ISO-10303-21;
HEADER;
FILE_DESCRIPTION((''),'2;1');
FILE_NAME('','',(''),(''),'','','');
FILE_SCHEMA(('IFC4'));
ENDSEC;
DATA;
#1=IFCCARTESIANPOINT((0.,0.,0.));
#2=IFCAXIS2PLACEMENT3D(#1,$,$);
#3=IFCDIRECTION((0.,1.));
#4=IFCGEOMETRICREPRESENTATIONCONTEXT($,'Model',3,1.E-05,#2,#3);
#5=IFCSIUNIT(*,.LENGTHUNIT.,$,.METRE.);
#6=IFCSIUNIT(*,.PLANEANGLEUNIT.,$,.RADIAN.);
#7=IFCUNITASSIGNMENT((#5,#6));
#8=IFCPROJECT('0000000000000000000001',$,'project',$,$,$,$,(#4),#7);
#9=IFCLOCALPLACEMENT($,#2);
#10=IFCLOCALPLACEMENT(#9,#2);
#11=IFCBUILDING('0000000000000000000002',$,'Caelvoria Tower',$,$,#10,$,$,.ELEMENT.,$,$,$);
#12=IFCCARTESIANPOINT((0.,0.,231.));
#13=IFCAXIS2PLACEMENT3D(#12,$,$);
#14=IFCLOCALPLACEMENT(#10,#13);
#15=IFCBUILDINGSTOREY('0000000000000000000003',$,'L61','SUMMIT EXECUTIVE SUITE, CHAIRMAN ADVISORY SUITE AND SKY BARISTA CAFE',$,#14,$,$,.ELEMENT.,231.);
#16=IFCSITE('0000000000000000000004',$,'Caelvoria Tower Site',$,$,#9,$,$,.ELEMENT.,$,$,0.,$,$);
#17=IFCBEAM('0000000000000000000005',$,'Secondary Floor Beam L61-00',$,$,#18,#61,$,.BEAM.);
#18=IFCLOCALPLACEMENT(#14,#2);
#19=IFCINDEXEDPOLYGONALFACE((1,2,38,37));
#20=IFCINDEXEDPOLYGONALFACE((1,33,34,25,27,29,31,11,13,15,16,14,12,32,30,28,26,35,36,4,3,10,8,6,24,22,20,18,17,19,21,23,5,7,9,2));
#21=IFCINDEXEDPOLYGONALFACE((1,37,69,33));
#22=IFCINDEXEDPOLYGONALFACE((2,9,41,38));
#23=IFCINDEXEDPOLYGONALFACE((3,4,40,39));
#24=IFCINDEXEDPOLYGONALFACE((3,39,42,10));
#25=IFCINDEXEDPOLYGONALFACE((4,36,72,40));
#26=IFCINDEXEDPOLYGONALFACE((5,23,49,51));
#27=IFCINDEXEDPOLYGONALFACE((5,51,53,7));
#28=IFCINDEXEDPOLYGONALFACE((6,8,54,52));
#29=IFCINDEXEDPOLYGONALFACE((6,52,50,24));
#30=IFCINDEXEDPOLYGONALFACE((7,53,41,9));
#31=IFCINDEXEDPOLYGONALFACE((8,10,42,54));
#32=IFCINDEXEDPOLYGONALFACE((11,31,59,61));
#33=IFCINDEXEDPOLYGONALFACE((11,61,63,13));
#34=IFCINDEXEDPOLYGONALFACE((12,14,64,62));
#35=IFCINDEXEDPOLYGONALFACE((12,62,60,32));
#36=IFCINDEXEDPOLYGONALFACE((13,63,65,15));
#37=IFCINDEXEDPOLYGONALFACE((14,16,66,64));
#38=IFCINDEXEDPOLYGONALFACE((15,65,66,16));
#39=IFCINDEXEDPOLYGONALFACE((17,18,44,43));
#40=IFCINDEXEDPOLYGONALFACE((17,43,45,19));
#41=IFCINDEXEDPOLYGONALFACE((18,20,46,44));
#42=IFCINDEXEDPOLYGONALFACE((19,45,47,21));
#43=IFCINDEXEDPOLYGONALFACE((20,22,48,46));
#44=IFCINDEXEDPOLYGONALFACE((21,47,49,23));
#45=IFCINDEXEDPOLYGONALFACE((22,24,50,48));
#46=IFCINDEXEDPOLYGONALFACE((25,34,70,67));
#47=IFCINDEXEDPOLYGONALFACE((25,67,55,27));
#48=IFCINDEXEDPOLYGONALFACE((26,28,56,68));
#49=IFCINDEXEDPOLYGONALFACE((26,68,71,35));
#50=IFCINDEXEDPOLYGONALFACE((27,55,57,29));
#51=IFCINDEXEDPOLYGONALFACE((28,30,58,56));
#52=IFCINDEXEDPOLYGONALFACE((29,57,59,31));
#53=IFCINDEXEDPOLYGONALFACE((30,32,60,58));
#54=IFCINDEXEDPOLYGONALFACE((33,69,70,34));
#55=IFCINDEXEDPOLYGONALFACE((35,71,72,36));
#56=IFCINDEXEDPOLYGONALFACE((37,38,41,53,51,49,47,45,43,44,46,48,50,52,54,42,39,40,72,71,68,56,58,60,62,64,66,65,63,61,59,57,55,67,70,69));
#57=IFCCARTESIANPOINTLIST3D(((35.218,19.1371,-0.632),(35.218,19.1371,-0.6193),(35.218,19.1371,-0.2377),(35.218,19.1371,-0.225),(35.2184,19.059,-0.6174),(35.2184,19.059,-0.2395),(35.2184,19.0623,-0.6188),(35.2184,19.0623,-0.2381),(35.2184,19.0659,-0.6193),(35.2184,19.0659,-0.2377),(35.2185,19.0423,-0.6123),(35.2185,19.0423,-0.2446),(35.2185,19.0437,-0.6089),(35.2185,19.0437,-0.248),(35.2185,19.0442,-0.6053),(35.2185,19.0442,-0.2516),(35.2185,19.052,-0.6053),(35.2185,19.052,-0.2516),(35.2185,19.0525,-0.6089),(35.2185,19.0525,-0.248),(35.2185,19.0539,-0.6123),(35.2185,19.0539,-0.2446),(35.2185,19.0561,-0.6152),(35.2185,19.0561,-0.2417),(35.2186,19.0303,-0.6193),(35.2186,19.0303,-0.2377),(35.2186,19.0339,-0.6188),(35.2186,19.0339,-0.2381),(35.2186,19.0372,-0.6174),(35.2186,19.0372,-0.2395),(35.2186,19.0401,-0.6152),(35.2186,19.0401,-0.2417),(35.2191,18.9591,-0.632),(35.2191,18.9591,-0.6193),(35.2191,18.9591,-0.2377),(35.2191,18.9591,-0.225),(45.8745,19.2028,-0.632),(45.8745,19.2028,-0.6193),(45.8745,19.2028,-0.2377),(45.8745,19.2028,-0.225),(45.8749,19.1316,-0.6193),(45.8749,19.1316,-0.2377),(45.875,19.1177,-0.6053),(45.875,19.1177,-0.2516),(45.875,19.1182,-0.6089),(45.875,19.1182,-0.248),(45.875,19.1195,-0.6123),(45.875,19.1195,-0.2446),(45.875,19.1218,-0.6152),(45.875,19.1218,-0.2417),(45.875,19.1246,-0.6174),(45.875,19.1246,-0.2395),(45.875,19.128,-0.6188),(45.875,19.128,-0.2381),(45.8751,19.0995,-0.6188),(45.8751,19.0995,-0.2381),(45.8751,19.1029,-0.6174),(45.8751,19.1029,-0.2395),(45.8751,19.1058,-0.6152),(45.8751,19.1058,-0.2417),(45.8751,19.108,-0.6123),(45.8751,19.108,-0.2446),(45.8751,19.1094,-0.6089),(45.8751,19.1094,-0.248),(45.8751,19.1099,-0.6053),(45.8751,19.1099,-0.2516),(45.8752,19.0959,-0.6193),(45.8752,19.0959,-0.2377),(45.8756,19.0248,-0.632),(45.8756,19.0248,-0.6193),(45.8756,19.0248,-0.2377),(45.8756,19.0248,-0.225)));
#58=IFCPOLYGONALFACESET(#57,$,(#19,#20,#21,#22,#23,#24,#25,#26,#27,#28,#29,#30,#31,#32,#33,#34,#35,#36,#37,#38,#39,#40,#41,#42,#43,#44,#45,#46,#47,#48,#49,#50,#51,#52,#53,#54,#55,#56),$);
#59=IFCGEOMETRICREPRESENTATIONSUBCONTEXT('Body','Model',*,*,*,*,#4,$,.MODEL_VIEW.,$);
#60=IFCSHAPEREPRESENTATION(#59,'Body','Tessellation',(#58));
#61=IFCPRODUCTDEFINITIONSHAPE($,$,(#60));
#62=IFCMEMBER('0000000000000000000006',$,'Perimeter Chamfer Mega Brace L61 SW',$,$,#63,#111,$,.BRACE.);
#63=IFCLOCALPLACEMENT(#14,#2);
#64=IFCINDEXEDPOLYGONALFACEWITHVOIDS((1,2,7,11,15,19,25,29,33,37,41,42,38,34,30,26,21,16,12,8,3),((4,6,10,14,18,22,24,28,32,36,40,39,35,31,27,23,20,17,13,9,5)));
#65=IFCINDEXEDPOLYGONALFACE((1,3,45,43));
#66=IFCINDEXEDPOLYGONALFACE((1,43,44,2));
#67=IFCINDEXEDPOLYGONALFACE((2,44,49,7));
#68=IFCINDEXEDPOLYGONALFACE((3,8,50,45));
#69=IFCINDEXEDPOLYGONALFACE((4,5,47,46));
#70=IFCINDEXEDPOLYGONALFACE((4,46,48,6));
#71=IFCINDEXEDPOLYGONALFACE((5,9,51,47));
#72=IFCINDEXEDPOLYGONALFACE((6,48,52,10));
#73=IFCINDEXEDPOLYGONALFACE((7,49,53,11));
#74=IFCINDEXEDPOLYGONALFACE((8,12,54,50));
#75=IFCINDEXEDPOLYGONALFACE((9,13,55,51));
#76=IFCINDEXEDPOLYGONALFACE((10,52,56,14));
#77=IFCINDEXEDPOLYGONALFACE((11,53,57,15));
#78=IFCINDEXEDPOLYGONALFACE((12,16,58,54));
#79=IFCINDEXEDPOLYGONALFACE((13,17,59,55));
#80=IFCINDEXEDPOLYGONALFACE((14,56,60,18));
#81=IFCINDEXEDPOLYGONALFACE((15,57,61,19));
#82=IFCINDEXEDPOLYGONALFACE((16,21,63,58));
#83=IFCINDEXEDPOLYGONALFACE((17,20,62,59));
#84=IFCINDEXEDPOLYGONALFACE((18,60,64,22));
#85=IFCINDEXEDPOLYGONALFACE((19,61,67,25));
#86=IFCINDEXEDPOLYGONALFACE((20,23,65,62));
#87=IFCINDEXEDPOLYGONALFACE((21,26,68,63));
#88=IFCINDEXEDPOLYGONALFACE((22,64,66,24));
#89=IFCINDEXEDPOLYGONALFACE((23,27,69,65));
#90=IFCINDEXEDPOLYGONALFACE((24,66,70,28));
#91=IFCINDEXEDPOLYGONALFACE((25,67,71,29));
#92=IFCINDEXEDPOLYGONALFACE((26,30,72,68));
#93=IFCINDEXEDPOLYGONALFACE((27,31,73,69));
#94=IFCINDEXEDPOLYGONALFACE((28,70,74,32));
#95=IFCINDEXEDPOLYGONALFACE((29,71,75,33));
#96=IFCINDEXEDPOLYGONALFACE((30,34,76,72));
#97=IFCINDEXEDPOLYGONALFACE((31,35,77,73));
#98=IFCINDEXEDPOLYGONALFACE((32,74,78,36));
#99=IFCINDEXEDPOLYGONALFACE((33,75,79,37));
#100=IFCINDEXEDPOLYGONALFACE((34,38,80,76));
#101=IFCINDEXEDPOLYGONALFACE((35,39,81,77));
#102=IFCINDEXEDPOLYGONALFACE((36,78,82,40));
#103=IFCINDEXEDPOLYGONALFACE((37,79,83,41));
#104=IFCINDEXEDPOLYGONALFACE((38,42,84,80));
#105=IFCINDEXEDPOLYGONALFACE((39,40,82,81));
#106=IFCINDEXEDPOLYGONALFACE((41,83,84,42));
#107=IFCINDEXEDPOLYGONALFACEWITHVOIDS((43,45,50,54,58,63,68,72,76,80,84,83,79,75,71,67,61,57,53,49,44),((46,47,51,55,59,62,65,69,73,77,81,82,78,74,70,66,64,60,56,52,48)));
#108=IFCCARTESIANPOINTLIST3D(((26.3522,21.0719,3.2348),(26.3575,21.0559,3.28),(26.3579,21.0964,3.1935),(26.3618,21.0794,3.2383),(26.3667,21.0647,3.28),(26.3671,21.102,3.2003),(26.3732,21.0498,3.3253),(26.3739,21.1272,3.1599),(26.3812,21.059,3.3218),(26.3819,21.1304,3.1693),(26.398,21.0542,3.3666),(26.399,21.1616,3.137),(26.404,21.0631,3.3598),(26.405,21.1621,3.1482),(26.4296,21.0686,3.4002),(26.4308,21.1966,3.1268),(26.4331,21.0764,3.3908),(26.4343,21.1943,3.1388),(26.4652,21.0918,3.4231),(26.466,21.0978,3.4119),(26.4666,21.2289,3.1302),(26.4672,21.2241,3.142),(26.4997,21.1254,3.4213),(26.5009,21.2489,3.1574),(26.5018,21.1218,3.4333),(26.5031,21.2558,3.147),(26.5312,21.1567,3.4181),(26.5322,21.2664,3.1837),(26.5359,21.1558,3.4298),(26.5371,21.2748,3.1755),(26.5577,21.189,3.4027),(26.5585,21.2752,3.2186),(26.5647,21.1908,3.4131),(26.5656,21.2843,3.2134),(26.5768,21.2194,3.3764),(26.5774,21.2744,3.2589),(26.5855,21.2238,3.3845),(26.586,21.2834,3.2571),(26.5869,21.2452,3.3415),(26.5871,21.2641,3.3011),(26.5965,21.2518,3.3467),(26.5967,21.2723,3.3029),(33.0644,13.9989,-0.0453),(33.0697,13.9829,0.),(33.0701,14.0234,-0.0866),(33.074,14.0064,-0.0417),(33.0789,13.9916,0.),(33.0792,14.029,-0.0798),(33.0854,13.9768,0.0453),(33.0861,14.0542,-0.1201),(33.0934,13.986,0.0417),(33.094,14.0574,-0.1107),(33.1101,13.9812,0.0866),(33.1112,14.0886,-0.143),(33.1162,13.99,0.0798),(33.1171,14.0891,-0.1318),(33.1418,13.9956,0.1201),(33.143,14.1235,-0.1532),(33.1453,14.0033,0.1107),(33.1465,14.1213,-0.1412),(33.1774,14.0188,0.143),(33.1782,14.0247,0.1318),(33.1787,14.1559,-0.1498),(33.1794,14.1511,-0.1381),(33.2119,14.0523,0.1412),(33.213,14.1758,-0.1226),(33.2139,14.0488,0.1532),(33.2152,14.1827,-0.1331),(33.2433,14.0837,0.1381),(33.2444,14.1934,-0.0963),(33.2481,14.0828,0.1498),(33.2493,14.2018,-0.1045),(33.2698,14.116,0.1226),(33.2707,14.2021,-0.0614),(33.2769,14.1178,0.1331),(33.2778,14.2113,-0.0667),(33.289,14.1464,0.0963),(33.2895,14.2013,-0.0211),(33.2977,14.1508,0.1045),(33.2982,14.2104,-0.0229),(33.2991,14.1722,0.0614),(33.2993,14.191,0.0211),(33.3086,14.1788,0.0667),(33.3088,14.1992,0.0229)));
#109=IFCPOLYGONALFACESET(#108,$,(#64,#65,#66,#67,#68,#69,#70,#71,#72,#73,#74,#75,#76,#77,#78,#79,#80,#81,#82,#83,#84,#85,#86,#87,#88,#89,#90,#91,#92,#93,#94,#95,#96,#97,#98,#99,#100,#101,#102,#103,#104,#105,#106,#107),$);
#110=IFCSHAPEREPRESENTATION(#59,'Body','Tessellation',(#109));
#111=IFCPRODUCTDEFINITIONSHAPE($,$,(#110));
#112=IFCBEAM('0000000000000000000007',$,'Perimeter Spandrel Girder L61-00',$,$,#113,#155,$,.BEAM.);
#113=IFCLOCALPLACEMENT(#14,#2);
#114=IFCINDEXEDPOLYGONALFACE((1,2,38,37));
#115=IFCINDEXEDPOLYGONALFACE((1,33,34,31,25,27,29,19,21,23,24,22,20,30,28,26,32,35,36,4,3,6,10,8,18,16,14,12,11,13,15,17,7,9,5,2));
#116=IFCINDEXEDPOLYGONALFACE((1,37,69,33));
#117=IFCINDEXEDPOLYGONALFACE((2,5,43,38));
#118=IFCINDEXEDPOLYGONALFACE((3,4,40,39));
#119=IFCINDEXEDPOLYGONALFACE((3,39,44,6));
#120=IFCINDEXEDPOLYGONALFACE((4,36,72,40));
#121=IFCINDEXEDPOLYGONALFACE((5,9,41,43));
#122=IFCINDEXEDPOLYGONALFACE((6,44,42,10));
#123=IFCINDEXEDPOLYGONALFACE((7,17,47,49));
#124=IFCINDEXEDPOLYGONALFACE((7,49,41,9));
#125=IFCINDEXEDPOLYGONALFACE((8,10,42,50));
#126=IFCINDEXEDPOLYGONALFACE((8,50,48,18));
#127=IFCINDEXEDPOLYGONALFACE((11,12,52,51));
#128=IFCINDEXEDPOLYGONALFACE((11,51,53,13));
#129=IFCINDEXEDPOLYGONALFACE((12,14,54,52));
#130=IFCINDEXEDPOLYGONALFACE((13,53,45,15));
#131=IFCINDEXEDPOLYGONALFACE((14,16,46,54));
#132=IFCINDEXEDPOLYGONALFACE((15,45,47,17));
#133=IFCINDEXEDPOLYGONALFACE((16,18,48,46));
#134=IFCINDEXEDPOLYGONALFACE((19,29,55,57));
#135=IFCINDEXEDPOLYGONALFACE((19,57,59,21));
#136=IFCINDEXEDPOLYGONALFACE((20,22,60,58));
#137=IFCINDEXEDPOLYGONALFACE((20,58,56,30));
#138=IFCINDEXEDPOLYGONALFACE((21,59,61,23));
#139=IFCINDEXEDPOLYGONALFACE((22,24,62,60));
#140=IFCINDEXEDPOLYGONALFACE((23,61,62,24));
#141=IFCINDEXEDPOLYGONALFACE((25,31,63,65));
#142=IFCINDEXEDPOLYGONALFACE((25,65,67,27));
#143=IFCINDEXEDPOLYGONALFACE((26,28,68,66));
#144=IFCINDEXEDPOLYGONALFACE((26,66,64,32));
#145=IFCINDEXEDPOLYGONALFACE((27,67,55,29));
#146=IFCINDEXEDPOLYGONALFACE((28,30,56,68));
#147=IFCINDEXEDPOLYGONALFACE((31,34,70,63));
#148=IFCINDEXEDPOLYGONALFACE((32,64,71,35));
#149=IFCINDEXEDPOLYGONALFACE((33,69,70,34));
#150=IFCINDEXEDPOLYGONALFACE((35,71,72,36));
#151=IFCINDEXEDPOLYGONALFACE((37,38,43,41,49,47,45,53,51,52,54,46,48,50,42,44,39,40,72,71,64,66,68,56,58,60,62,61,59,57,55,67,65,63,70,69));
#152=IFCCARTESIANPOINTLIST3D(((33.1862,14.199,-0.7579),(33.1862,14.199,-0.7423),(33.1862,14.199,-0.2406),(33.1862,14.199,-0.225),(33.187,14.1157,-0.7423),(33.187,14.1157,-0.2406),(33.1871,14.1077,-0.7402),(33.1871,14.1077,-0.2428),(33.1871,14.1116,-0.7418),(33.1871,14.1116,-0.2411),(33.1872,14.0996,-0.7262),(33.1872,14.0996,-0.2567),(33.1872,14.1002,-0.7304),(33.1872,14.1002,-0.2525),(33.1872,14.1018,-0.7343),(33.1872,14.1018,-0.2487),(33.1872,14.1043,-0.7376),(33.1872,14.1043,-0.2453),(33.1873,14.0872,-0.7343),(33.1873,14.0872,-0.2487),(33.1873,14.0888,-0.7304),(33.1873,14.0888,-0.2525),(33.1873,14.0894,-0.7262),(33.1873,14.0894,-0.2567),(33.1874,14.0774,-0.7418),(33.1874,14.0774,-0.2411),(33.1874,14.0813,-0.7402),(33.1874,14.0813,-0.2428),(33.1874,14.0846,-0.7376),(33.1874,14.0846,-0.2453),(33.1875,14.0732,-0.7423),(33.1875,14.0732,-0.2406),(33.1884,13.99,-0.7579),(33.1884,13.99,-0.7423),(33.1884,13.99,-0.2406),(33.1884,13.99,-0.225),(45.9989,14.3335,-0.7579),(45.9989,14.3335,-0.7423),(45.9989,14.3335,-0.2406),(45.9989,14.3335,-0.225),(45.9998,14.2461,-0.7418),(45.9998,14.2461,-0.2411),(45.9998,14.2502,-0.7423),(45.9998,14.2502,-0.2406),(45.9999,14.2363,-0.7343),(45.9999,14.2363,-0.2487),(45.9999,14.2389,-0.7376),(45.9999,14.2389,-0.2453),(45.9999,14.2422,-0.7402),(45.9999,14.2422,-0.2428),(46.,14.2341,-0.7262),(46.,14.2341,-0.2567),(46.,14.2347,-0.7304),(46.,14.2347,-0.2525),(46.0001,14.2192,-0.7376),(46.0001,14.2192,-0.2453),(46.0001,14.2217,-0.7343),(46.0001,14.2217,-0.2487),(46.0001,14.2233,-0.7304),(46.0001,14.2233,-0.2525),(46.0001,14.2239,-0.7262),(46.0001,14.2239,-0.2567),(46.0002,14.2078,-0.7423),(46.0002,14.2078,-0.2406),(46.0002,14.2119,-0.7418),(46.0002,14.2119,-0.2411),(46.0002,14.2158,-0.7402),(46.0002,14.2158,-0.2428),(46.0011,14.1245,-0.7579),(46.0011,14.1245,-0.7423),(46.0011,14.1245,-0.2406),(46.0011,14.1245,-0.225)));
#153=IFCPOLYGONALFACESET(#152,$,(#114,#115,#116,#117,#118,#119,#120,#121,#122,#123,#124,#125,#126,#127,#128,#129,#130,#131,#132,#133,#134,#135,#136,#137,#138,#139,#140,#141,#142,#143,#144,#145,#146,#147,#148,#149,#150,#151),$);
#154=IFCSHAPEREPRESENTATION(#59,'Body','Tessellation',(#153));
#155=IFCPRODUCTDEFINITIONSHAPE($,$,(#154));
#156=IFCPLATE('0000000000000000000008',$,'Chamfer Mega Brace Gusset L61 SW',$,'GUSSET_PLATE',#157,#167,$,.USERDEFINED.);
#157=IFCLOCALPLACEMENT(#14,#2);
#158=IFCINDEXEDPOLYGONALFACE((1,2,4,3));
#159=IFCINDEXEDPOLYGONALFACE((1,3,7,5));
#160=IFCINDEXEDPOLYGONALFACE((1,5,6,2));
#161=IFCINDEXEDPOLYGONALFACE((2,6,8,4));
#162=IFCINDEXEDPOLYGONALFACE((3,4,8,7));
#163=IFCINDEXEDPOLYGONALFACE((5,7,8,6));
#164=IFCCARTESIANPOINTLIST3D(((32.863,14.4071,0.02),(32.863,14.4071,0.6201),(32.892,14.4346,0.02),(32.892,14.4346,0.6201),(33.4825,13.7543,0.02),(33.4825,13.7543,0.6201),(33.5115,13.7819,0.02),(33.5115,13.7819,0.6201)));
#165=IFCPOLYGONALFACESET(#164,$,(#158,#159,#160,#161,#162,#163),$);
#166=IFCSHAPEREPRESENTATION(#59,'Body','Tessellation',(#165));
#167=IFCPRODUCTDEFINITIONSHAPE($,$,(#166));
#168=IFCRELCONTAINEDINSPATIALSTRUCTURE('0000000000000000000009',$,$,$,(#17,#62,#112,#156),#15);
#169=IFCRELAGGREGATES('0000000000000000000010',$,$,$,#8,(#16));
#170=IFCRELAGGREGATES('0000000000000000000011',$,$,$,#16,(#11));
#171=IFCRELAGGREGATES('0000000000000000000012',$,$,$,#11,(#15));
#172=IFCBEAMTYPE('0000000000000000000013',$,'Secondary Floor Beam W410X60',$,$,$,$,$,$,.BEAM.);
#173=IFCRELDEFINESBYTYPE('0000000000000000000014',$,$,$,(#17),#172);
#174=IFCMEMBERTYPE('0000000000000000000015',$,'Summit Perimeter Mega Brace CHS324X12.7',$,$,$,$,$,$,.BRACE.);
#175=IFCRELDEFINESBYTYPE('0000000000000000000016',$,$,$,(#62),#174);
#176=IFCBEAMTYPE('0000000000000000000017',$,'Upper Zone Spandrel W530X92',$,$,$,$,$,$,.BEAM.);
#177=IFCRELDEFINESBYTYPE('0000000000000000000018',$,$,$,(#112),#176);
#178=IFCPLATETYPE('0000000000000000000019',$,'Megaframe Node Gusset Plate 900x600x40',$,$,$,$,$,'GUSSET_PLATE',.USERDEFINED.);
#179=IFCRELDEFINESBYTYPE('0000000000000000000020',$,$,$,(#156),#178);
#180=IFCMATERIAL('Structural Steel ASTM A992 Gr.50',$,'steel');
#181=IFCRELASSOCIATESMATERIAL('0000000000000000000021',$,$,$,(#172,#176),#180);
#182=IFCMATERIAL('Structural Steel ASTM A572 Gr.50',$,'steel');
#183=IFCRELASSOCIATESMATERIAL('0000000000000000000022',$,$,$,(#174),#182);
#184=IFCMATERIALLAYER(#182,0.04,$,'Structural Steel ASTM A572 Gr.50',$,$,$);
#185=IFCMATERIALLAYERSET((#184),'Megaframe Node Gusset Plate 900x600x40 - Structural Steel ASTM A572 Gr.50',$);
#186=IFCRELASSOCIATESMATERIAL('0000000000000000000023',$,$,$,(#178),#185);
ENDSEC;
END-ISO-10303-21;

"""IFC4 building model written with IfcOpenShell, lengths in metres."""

from ifc_helpers import new_model, si_unit, direction, frame, origin, origin_2d, place, context, subcontext, project, spatial, rectangle, hollow_circle, i_section, extrude, material, layer, layer_set, material_profile, profile_set, type_object, element, save


model = new_model("IFC4")

# Units and contexts
model_context = context("Model", 3, precision=1e-05, world=origin(), true_north=direction((0.0, 1.0)))
body_context = subcontext(model_context, "Body", "Model", "MODEL_VIEW")
ifc_project = project(units=[si_unit("LENGTHUNIT", "METRE"), si_unit("PLANEANGLEUNIT", "RADIAN")], contexts=[model_context])

# Site, building, storey
site_placement = place(None, origin())
site = spatial("IfcSite", under=ifc_project, at=site_placement, Name="Caelvoria Tower Site", CompositionType="ELEMENT", RefElevation=0.0)
building_placement = place(site_placement, origin())
building = spatial("IfcBuilding", under=site, at=building_placement, Name="Caelvoria Tower", CompositionType="ELEMENT")
storey_placement = place(building_placement, frame((0.0, 0.0, 231.0)))
storey = spatial("IfcBuildingStorey", under=building, at=storey_placement, Name="L61", Description="SUMMIT EXECUTIVE SUITE, CHAIRMAN ADVISORY SUITE AND SKY BARISTA CAFE", CompositionType="ELEMENT", Elevation=231.0)

# Beam
ifc_material_1 = material(Name="Structural Steel ASTM A992 Gr.50", Category="steel")
ifc_material_profile_1 = material_profile(ifc_material_1, i_section(OverallWidth=0.178, OverallDepth=0.407, WebThickness=0.0078, FlangeThickness=0.0127, FilletRadius=0.0139, at=origin_2d()), Name="Structural Steel ASTM A992 Gr.50")
ifc_profile_set_1 = profile_set([ifc_material_profile_1], Name="W410X60 - Structural Steel ASTM A992 Gr.50")
beam_type_1 = type_object("IfcBeamType", Name="Secondary Floor Beam W410X60", PredefinedType="BEAM", material=ifc_profile_set_1)
beam_1_placement = place(storey_placement, frame((35.2185, 19.0481, -0.4285), z_axis=(0.999981, 0.006163, 0.0), x_axis=(-0.006163, 0.999981, 0.0)))
element("IfcBeam", 1, at=beam_1_placement, inside=storey, type_object=beam_type_1, Name="Secondary Floor Beam L61-00", PredefinedType="BEAM", context=body_context, shape_type="SweptSolid", body=[
    extrude(i_section(OverallWidth=0.178, OverallDepth=0.407, WebThickness=0.0078, FlangeThickness=0.0127, FilletRadius=0.0139, at=origin_2d()), origin(), (0.0, 0.0, 1.0), 10.6567),
])

# Member
ifc_material_2 = material(Name="Structural Steel ASTM A572 Gr.50", Category="steel")
ifc_material_profile_2 = material_profile(ifc_material_2, hollow_circle(Radius=0.1621, WallThickness=0.0127, at=origin_2d()), Name="Structural Steel ASTM A572 Gr.50")
ifc_profile_set_2 = profile_set([ifc_material_profile_2], Name="CHS324X12.7 - Structural Steel ASTM A572 Gr.50")
member_type = type_object("IfcMemberType", Name="Summit Perimeter Mega Brace CHS324X12.7", PredefinedType="BRACE", material=ifc_profile_set_2)
member_placement = place(storey_placement, frame((33.1873, 14.0945, 0.0), z_axis=(-0.652438, 0.687513, 0.318827), x_axis=(-0.725368, -0.688362, 0.0)))
element("IfcMember", 2, at=member_placement, inside=storey, type_object=member_type, Name="Perimeter Chamfer Mega Brace L61 SW", PredefinedType="BRACE", context=body_context, shape_type="SweptSolid", body=[
    extrude(hollow_circle(Radius=0.1621, WallThickness=0.0127, at=origin_2d()), origin(), (0.0, 0.0, 1.0), 10.2878),
])

# Beam
ifc_material_profile_3 = material_profile(ifc_material_1, i_section(OverallWidth=0.209, OverallDepth=0.533, WebThickness=0.0103, FlangeThickness=0.0156, FilletRadius=0.0161, at=origin_2d()), Name="Structural Steel ASTM A992 Gr.50")
ifc_profile_set_3 = profile_set([ifc_material_profile_3], Name="W530X92 - Structural Steel ASTM A992 Gr.50")
beam_type_2 = type_object("IfcBeamType", Name="Upper Zone Spandrel W530X92", PredefinedType="BEAM", material=ifc_profile_set_3)
beam_2_placement = place(storey_placement, frame((33.1873, 14.0945, -0.4915), z_axis=(0.999945, 0.010498, 0.0), x_axis=(-0.010498, 0.999945, 0.0)))
element("IfcBeam", 3, at=beam_2_placement, inside=storey, type_object=beam_type_2, Name="Perimeter Spandrel Girder L61-00", PredefinedType="BEAM", context=body_context, shape_type="SweptSolid", body=[
    extrude(i_section(OverallWidth=0.209, OverallDepth=0.533, WebThickness=0.0103, FlangeThickness=0.0156, FilletRadius=0.0161, at=origin_2d()), origin(), (0.0, 0.0, 1.0), 12.8135),
])

# Plate
ifc_layer_1 = layer(ifc_material_2, 0.04, Name="Structural Steel ASTM A572 Gr.50")
ifc_layer_set_1 = layer_set([ifc_layer_1], Name="Megaframe Node Gusset Plate 900x600x40 - Structural Steel ASTM A572 Gr.50")
plate_type = type_object("IfcPlateType", Name="Megaframe Node Gusset Plate 900x600x40", ElementType="GUSSET_PLATE", PredefinedType="USERDEFINED", material=ifc_layer_set_1)
plate_placement = place(storey_placement, frame((33.1873, 14.0945, 0.02), z_axis=(0.0, 0.0, 1.0), x_axis=(-0.688369, 0.725361, 0.0)))
element("IfcPlate", 4, at=plate_placement, inside=storey, type_object=plate_type, Name="Chamfer Mega Brace Gusset L61 SW", ObjectType="GUSSET_PLATE", PredefinedType="USERDEFINED", context=body_context, shape_type="SweptSolid", body=[
    extrude(rectangle(XDim=0.8999, YDim=0.04, at=origin_2d()), origin(), (0.0, 0.0, 1.0), 0.6001),
])

save(model, "model.ifc")
